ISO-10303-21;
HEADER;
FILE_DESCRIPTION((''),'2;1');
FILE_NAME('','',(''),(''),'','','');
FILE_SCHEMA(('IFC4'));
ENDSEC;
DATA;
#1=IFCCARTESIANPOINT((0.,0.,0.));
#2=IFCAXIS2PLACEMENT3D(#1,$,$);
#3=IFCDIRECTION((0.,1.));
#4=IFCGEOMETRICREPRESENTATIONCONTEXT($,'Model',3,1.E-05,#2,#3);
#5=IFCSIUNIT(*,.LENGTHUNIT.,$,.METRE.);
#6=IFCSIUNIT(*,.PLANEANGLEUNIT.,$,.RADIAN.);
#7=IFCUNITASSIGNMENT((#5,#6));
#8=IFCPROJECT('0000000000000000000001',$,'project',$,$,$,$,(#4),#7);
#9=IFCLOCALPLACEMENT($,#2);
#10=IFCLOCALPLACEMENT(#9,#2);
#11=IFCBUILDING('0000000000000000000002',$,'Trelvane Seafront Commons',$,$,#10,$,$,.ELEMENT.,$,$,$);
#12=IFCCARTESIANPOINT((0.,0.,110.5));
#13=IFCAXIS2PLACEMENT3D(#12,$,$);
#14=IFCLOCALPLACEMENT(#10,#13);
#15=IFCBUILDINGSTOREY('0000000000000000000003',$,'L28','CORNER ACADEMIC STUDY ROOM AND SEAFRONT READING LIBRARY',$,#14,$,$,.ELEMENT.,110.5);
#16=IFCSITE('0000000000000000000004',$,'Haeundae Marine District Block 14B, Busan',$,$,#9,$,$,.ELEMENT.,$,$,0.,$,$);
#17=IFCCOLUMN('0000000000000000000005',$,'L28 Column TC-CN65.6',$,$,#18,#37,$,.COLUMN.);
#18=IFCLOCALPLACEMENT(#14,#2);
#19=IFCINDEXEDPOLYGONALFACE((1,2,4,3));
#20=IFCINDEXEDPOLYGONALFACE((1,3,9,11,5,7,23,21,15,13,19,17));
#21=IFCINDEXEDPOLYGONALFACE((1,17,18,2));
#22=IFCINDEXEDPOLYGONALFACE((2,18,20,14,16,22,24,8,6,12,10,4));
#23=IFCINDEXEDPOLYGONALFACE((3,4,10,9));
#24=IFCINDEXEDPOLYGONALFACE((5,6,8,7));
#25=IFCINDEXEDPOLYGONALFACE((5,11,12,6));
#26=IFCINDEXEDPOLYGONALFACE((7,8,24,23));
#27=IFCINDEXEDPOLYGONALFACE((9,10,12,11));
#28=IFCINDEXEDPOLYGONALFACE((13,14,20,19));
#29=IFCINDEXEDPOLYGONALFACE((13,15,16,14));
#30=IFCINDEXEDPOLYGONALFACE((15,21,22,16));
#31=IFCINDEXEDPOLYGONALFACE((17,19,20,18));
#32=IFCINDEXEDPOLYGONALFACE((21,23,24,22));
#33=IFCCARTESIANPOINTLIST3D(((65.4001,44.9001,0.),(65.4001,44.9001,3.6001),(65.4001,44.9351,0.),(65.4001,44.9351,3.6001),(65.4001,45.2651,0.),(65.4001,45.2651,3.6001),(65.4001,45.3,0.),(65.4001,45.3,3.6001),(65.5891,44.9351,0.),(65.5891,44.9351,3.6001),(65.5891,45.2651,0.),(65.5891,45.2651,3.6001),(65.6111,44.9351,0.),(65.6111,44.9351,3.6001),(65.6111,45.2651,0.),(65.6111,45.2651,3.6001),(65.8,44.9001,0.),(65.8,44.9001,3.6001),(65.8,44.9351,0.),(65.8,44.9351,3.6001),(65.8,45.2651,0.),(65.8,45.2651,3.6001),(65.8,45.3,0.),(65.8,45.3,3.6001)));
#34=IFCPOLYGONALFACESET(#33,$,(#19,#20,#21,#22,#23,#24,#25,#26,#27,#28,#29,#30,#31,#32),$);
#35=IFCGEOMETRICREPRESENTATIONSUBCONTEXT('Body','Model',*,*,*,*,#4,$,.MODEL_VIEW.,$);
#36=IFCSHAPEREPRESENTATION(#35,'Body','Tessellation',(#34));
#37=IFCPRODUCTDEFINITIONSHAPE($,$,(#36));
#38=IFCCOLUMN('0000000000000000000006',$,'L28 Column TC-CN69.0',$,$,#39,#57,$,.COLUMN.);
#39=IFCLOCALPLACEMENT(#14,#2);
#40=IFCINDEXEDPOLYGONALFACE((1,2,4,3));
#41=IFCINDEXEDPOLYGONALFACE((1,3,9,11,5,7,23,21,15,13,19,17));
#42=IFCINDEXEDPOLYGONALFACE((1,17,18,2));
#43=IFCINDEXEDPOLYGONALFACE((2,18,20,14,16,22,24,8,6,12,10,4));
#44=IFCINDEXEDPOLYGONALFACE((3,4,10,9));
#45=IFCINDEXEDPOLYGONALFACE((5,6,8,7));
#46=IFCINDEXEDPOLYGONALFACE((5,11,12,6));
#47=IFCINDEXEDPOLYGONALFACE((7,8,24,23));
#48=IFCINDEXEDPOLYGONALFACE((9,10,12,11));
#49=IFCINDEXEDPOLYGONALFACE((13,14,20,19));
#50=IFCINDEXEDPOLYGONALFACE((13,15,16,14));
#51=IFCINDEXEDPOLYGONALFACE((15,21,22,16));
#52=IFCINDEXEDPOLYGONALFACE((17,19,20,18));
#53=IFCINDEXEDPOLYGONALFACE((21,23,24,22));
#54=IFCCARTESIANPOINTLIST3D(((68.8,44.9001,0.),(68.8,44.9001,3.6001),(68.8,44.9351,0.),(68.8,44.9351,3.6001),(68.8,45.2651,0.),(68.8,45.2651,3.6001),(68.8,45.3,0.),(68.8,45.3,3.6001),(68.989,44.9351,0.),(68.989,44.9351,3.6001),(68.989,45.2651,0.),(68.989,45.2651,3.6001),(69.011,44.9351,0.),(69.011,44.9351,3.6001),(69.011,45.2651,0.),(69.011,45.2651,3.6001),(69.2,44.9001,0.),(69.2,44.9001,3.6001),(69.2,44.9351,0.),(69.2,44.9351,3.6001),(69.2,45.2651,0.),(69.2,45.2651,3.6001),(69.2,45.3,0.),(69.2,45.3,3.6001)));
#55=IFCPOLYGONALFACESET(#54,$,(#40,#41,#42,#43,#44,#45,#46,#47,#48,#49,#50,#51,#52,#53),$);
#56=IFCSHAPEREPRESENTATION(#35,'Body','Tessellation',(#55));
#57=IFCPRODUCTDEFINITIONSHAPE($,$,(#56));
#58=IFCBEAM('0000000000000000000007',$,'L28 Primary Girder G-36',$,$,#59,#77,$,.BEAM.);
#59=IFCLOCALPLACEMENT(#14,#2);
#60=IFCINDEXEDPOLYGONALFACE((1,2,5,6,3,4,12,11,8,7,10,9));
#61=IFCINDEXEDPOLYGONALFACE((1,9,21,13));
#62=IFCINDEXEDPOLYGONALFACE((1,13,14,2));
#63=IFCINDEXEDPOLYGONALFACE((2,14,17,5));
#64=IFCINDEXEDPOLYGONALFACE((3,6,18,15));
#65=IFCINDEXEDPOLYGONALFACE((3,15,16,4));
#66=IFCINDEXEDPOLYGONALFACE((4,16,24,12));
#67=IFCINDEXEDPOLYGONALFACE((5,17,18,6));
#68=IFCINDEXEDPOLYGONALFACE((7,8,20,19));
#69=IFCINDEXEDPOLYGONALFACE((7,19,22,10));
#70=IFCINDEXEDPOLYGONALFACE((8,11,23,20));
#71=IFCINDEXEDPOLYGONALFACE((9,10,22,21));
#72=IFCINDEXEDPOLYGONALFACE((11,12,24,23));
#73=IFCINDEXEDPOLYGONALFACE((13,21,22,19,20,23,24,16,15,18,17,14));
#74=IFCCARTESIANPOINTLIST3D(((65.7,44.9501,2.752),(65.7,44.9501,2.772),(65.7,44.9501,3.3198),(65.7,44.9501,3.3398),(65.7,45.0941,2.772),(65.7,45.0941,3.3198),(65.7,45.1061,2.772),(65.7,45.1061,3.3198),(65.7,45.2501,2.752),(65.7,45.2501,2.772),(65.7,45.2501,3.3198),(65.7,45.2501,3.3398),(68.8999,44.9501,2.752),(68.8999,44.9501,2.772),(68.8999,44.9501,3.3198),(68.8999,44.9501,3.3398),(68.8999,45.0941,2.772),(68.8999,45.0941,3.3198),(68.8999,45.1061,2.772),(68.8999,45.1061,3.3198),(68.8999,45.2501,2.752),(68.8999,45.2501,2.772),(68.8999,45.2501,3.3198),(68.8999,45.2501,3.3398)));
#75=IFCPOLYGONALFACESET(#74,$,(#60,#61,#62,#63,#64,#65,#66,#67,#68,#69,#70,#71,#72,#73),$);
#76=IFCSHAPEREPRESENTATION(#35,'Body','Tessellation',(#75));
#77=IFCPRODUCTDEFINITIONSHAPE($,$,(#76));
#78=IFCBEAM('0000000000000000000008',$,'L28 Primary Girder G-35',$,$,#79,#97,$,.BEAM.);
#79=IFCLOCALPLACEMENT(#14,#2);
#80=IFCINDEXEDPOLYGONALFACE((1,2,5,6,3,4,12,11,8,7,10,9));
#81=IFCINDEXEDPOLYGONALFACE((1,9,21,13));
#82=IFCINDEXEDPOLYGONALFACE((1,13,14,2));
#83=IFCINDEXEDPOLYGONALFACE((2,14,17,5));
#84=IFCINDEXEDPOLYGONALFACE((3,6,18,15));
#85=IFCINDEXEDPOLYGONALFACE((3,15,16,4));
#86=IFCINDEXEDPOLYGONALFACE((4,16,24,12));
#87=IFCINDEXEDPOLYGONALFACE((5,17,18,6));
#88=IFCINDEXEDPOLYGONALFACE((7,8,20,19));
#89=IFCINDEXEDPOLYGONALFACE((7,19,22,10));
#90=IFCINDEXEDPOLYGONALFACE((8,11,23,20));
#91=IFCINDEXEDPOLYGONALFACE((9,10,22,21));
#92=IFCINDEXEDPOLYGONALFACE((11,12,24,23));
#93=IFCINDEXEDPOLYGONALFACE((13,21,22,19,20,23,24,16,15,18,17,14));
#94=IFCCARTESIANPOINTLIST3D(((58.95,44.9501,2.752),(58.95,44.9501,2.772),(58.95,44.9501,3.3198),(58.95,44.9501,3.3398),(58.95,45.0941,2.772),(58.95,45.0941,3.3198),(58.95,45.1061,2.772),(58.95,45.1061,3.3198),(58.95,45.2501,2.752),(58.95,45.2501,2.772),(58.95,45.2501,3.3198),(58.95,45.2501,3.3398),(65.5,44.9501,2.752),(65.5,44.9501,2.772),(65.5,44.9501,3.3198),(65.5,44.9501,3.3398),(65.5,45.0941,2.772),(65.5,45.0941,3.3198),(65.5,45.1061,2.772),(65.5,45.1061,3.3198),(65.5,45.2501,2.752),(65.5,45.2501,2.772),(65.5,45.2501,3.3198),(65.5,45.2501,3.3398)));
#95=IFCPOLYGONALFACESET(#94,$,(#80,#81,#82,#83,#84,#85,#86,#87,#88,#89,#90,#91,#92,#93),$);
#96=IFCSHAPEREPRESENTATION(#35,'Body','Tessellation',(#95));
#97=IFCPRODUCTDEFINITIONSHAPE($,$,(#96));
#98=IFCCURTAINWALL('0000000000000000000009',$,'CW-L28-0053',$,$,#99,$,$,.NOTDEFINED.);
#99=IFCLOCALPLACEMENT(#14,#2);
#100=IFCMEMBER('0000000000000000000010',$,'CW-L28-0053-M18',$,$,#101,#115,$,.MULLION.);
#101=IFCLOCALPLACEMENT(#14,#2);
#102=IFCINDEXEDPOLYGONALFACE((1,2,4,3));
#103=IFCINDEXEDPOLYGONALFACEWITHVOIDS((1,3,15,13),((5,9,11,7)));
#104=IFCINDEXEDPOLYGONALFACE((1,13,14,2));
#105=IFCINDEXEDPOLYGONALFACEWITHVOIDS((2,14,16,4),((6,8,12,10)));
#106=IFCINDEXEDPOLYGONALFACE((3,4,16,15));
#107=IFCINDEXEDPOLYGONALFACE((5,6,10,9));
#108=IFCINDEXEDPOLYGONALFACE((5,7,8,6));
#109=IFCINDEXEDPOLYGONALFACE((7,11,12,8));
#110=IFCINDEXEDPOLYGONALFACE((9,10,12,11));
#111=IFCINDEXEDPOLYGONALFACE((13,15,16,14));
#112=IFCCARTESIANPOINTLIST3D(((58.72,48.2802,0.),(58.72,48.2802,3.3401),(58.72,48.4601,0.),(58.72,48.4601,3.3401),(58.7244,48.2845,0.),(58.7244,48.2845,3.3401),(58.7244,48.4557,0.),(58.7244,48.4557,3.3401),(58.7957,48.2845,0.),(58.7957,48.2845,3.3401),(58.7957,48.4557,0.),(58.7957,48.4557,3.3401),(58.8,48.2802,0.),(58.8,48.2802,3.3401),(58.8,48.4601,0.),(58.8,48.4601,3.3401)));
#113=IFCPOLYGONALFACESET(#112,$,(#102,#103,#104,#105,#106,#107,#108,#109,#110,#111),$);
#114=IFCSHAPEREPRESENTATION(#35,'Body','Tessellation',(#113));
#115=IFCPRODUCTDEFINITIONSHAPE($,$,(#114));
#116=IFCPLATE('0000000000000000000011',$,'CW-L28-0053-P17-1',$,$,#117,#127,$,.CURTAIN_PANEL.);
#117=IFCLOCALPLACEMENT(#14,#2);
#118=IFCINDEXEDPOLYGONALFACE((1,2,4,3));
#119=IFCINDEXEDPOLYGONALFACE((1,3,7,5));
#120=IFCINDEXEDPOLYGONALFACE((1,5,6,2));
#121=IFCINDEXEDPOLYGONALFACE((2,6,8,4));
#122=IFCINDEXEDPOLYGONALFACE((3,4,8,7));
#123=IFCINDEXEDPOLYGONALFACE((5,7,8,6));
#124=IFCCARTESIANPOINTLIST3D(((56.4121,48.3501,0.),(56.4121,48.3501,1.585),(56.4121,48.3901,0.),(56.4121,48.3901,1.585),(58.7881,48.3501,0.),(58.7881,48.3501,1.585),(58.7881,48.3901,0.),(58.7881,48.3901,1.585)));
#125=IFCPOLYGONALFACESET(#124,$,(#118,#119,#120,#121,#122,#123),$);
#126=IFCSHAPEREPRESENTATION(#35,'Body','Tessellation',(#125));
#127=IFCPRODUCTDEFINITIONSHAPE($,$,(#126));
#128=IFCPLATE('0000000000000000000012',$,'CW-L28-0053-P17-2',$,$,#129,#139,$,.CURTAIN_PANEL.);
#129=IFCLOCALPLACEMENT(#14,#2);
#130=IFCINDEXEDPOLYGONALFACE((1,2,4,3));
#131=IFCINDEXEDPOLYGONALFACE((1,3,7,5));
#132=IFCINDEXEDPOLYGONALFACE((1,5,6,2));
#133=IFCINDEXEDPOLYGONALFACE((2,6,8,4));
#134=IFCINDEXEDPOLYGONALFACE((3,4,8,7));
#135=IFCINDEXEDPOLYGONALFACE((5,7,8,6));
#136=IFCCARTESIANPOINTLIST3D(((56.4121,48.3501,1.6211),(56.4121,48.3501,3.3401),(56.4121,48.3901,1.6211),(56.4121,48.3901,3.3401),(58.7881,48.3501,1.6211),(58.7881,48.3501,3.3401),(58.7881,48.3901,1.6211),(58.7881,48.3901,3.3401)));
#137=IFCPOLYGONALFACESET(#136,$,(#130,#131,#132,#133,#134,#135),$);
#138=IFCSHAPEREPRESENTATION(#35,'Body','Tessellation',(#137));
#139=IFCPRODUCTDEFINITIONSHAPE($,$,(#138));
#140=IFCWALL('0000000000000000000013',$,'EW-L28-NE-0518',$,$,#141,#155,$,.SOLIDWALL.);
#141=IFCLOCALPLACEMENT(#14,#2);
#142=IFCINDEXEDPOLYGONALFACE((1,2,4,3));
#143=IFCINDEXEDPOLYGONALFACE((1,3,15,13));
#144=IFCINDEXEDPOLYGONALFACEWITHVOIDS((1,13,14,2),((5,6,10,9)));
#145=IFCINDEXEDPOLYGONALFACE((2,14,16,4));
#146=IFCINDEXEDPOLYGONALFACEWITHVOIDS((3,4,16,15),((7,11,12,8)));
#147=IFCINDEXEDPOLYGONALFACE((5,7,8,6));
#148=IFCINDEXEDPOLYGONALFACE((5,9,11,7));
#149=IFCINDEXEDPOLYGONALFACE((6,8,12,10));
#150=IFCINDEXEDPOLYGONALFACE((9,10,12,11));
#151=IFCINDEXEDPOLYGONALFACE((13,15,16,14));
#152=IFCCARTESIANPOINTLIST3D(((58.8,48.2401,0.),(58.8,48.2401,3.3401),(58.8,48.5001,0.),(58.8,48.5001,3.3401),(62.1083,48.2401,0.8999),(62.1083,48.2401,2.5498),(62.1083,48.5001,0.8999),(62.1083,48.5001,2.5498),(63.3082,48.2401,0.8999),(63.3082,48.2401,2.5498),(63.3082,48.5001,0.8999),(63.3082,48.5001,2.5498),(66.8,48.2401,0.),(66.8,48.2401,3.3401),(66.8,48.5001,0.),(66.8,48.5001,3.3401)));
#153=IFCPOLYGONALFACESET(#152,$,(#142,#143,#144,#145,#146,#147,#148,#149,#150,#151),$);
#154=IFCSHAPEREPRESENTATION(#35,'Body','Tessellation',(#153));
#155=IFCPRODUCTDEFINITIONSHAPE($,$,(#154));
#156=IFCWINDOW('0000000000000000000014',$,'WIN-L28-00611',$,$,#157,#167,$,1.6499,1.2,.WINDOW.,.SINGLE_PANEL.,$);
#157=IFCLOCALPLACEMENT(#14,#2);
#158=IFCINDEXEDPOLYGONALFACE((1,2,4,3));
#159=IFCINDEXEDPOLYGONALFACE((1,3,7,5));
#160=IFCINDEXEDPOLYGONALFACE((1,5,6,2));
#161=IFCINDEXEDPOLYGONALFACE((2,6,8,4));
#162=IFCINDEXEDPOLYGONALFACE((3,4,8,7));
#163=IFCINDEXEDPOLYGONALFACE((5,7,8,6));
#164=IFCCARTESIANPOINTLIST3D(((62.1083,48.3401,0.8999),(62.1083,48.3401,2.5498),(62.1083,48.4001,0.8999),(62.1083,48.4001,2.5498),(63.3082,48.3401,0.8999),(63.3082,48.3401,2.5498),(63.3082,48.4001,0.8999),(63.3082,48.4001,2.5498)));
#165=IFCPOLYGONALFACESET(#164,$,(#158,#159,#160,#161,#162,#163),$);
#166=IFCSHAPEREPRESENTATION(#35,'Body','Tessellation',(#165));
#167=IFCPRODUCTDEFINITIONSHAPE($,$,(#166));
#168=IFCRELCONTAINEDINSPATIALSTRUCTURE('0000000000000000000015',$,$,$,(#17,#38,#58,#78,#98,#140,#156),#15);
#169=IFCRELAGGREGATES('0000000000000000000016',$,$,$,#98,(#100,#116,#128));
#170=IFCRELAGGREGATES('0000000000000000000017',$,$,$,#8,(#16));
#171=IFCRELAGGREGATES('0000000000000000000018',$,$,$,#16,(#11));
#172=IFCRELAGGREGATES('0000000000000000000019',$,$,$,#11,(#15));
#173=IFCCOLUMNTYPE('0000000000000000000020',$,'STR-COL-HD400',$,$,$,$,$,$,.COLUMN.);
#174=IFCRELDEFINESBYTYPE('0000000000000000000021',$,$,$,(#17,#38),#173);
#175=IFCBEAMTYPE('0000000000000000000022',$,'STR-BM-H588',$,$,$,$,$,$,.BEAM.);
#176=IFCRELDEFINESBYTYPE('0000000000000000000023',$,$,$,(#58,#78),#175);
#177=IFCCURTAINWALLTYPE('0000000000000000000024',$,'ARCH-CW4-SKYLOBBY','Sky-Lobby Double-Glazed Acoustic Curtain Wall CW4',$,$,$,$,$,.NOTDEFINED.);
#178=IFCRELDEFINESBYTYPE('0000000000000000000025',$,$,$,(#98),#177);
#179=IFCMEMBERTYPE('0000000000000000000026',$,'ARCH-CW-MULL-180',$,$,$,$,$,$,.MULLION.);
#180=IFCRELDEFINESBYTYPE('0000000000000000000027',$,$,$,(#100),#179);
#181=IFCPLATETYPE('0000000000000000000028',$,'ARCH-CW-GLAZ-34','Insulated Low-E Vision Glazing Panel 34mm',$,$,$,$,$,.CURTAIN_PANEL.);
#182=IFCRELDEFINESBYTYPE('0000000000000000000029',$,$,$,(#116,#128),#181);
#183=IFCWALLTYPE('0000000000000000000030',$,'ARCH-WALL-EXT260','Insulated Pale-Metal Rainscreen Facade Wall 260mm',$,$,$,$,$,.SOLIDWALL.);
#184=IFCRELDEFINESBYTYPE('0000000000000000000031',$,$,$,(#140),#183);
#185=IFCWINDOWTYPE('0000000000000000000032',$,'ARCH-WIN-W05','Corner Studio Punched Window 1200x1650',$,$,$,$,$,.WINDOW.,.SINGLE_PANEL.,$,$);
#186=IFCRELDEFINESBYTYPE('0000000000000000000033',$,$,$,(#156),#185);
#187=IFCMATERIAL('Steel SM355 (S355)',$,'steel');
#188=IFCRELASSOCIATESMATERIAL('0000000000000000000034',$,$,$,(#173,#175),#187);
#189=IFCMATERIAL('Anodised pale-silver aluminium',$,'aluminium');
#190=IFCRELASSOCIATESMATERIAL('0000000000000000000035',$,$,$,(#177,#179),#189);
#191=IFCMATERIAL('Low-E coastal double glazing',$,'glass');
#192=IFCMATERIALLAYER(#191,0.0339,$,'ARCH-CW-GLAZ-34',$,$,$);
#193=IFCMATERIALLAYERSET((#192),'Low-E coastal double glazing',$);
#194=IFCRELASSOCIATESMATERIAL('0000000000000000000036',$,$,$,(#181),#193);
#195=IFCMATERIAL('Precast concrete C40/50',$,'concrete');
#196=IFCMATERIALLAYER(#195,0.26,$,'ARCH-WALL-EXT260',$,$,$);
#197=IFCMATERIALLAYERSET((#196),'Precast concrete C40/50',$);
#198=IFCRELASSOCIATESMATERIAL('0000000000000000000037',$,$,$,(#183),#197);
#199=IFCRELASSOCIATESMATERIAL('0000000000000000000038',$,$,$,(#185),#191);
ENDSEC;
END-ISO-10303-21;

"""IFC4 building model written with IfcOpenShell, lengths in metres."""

from ifc_helpers import new_model, si_unit, direction, frame, frame_2d, origin, origin_2d, place, context, subcontext, project, spatial, rectangle, hollow_rectangle, i_section, extrude, source, transform, mapped, material, layer, layer_set, material_profile, profile_set, type_object, element, fill, aggregate, save


model = new_model("IFC4")

# Units and contexts
model_context = context("Model", 3, precision=1e-05, world=origin(), true_north=direction((0.0, 1.0)))
body_context = subcontext(model_context, "Body", "Model", "MODEL_VIEW")
ifc_project = project(units=[si_unit("LENGTHUNIT", "METRE"), si_unit("PLANEANGLEUNIT", "RADIAN")], contexts=[model_context])

# Site, building, storey
site_placement = place(None, origin())
site = spatial("IfcSite", under=ifc_project, at=site_placement, Name="Haeundae Marine District Block 14B, Busan", CompositionType="ELEMENT", RefElevation=0.0)
building_placement = place(site_placement, origin())
building = spatial("IfcBuilding", under=site, at=building_placement, Name="Trelvane Seafront Commons", CompositionType="ELEMENT")
storey_placement = place(building_placement, frame((0.0, 0.0, 110.5)))
storey = spatial("IfcBuildingStorey", under=building, at=storey_placement, Name="L28", Description="CORNER ACADEMIC STUDY ROOM AND SEAFRONT READING LIBRARY", CompositionType="ELEMENT", Elevation=110.5)

# Columns
ifc_material_1 = material(Name="Steel SM355 (S355)", Category="steel")
ifc_material_profile_1 = material_profile(ifc_material_1, i_section(OverallWidth=0.3999, OverallDepth=0.3999, WebThickness=0.022, FlangeThickness=0.0349, at=origin_2d()), Name="HD-400x400x22x35")
ifc_profile_set_1 = profile_set([ifc_material_profile_1], Name="Steel SM355 (S355)")
column_type = type_object("IfcColumnType", Name="STR-COL-HD400", PredefinedType="COLUMN", material=ifc_profile_set_1)
shared_shape_1 = source(origin(), body_context, "Body", "SweptSolid", [
    extrude(i_section(OverallWidth=0.3999, OverallDepth=0.3999, WebThickness=0.022, FlangeThickness=0.0349, at=origin_2d()), origin(), (0.0, 0.0, 1.0), 3.6001),
])
for number, where, z_axis, x_axis, name in (
    (1, (65.6001, 45.1001, 0.0), (0.0, 0.0, 1.0), (1.0, 0.0, 0.0), "L28 Column TC-CN65.6"),
    (2, (69.0, 45.1001, 0.0), (0.0, 0.0, 1.0), (1.0, 0.0, 0.0), "L28 Column TC-CN69.0"),
):
    element("IfcColumn", number, at=place(storey_placement, frame(where, z_axis=z_axis, x_axis=x_axis)), inside=storey, type_object=column_type, Name=name, PredefinedType="COLUMN", context=body_context, shape_type="MappedRepresentation", body=[
        mapped(shared_shape_1, transform((0.0, 0.0, 0.0), x_axis=(1.0, 0.0, 0.0), y_axis=(0.0, 1.0, 0.0), z_axis=(0.0, 0.0, 1.0), scale=1.0)),
    ])

# Beams
ifc_material_profile_2 = material_profile(ifc_material_1, i_section(OverallWidth=0.3, OverallDepth=0.5879, WebThickness=0.012, FlangeThickness=0.02, at=origin_2d()), Name="H-588x300x12x20")
ifc_profile_set_2 = profile_set([ifc_material_profile_2], Name="Steel SM355 (S355)")
beam_type = type_object("IfcBeamType", Name="STR-BM-H588", PredefinedType="BEAM", material=ifc_profile_set_2)
shared_shape_2 = source(origin(), body_context, "Body", "SweptSolid", [
    extrude(i_section(OverallWidth=0.3, OverallDepth=0.5879, WebThickness=0.012, FlangeThickness=0.02, at=origin_2d()), origin(), (0.0, 0.0, 1.0), 3.2),
])
beam_1_placement = place(storey_placement, frame((65.7, 45.1001, 3.0459), z_axis=(1.0, 0.0, 0.0), x_axis=(0.0, 1.0, 0.0)))
element("IfcBeam", 3, at=beam_1_placement, inside=storey, type_object=beam_type, Name="L28 Primary Girder G-36", PredefinedType="BEAM", context=body_context, shape_type="MappedRepresentation", body=[
    mapped(shared_shape_2, transform((0.0, 0.0, 0.0), x_axis=(1.0, 0.0, 0.0), y_axis=(0.0, 1.0, 0.0), z_axis=(0.0, 0.0, 1.0), scale=1.0)),
])
shared_shape_3 = source(origin(), body_context, "Body", "SweptSolid", [
    extrude(i_section(OverallWidth=0.3, OverallDepth=0.5879, WebThickness=0.012, FlangeThickness=0.02, at=origin_2d()), origin(), (0.0, 0.0, 1.0), 6.55),
])
beam_2_placement = place(storey_placement, frame((58.95, 45.1001, 3.0459), z_axis=(1.0, 0.0, 0.0), x_axis=(0.0, 1.0, 0.0)))
element("IfcBeam", 4, at=beam_2_placement, inside=storey, type_object=beam_type, Name="L28 Primary Girder G-35", PredefinedType="BEAM", context=body_context, shape_type="MappedRepresentation", body=[
    mapped(shared_shape_3, transform((0.0, 0.0, 0.0), x_axis=(1.0, 0.0, 0.0), y_axis=(0.0, 1.0, 0.0), z_axis=(0.0, 0.0, 1.0), scale=1.0)),
])

# Curtain wall, member, plates
ifc_material_2 = material(Name="Anodised pale-silver aluminium", Category="aluminium")
curtain_wall_type = type_object("IfcCurtainWallType", Name="ARCH-CW4-SKYLOBBY", Description="Sky-Lobby Double-Glazed Acoustic Curtain Wall CW4", PredefinedType="NOTDEFINED", material=ifc_material_2)
curtain_wall_placement = place(storey_placement, origin())
curtain_wall = element("IfcCurtainWall", 5, at=curtain_wall_placement, inside=storey, type_object=curtain_wall_type, Name="CW-L28-0053", PredefinedType="NOTDEFINED")
ifc_material_profile_3 = material_profile(ifc_material_2, hollow_rectangle(XDim=0.0801, YDim=0.1799, WallThickness=0.0044, at=origin_2d()), Name="MULL-80x180x4.5")
ifc_profile_set_3 = profile_set([ifc_material_profile_3], Name="Anodised pale-silver aluminium")
member_type = type_object("IfcMemberType", Name="ARCH-CW-MULL-180", PredefinedType="MULLION", material=ifc_profile_set_3)
shared_shape_4 = source(origin(), body_context, "Body", "SweptSolid", [
    extrude(hollow_rectangle(XDim=0.0801, YDim=0.1799, WallThickness=0.0044, at=origin_2d()), origin(), (0.0, 0.0, 1.0), 3.3401),
])
member_placement = place(storey_placement, frame((58.76, 48.3701, 0.0), z_axis=(0.0, 0.0, 1.0), x_axis=(1.0, 0.0, 0.0)))
member = element("IfcMember", 6, at=member_placement, type_object=member_type, Name="CW-L28-0053-M18", PredefinedType="MULLION", context=body_context, shape_type="MappedRepresentation", body=[
    mapped(shared_shape_4, transform((0.0, 0.0, 0.0), x_axis=(1.0, 0.0, 0.0), y_axis=(0.0, 1.0, 0.0), z_axis=(0.0, 0.0, 1.0), scale=1.0)),
])
ifc_material_3 = material(Name="Low-E coastal double glazing", Category="glass")
ifc_layer_1 = layer(ifc_material_3, 0.0339, Name="ARCH-CW-GLAZ-34")
ifc_layer_set_1 = layer_set([ifc_layer_1], Name="Low-E coastal double glazing")
plate_type = type_object("IfcPlateType", Name="ARCH-CW-GLAZ-34", Description="Insulated Low-E Vision Glazing Panel 34mm", PredefinedType="CURTAIN_PANEL", material=ifc_layer_set_1)
shared_shape_5 = source(origin(), body_context, "Body", "SweptSolid", [
    extrude(rectangle(XDim=2.376, YDim=0.04, at=origin_2d()), origin(), (0.0, 0.0, 1.0), 1.585),
])
plate_1_placement = place(storey_placement, frame((57.6001, 48.3701, 0.0), z_axis=(0.0, 0.0, 1.0), x_axis=(1.0, 0.0, 0.0)))
plate_1 = element("IfcPlate", 7, at=plate_1_placement, type_object=plate_type, Name="CW-L28-0053-P17-1", PredefinedType="CURTAIN_PANEL", context=body_context, shape_type="MappedRepresentation", body=[
    mapped(shared_shape_5, transform((0.0, 0.0, 0.0), x_axis=(1.0, 0.0, 0.0), y_axis=(0.0, 1.0, 0.0), z_axis=(0.0, 0.0, 1.0), scale=1.0)),
])
shared_shape_6 = source(origin(), body_context, "Body", "SweptSolid", [
    extrude(rectangle(XDim=2.376, YDim=0.04, at=origin_2d()), origin(), (0.0, 0.0, 1.0), 1.719),
])
plate_2_placement = place(storey_placement, frame((57.6001, 48.3701, 1.6211), z_axis=(0.0, 0.0, 1.0), x_axis=(1.0, 0.0, 0.0)))
plate_2 = element("IfcPlate", 8, at=plate_2_placement, type_object=plate_type, Name="CW-L28-0053-P17-2", PredefinedType="CURTAIN_PANEL", context=body_context, shape_type="MappedRepresentation", body=[
    mapped(shared_shape_6, transform((0.0, 0.0, 0.0), x_axis=(1.0, 0.0, 0.0), y_axis=(0.0, 1.0, 0.0), z_axis=(0.0, 0.0, 1.0), scale=1.0)),
])
aggregate(curtain_wall, [member, plate_1, plate_2])

# Wall, opening, window
ifc_material_4 = material(Name="Precast concrete C40/50", Category="concrete")
ifc_layer_2 = layer(ifc_material_4, 0.26, Name="ARCH-WALL-EXT260")
ifc_layer_set_2 = layer_set([ifc_layer_2], Name="Precast concrete C40/50")
wall_type = type_object("IfcWallType", Name="ARCH-WALL-EXT260", Description="Insulated Pale-Metal Rainscreen Facade Wall 260mm", PredefinedType="SOLIDWALL", material=ifc_layer_set_2)
wall_1_placement = place(storey_placement, frame((58.8, 48.3701, 0.0), z_axis=(0.0, 0.0, 1.0), x_axis=(1.0, 0.0, 0.0)))
wall_1 = element("IfcWall", 9, at=wall_1_placement, inside=storey, type_object=wall_type, Name="EW-L28-NE-0518", PredefinedType="SOLIDWALL", context=body_context, shape_type="SweptSolid", body=[
    extrude(rectangle(XDim=8.0, YDim=0.26, at=frame_2d((4.0, 0.0))), origin(), (0.0, 0.0, 1.0), 3.3401),
])
opening_1_placement = place(wall_1_placement, frame((3.3081, 0.0, 0.8999)))
opening_1 = element("IfcOpeningElement", 10, at=opening_1_placement, cuts=wall_1, PredefinedType="OPENING", context=body_context, shape_type="SweptSolid", body=[
    extrude(rectangle(XDim=1.2, YDim=1.6499, at=frame_2d((0.6001, 0.825))), frame((0.0, 0.1399, 0.0), z_axis=(0.0, -1.0, 0.0), x_axis=(1.0, 0.0, 0.0)), (0.0, 0.0, 1.0), 0.28),
])
window_type_1 = type_object("IfcWindowType", Name="ARCH-WIN-W05", Description="Corner Studio Punched Window 1200x1650", PartitioningType="SINGLE_PANEL", PredefinedType="WINDOW", material=ifc_material_3)
shared_shape_7 = source(origin(), body_context, "Body", "SweptSolid", [
    extrude(rectangle(XDim=1.2, YDim=1.6499, at=frame_2d((0.6001, 0.825))), frame((0.0, 0.03, 0.0), z_axis=(0.0, -1.0, 0.0), x_axis=(1.0, 0.0, 0.0)), (0.0, 0.0, 1.0), 0.0601),
])
window_1_placement = place(opening_1_placement, origin())
window_1 = element("IfcWindow", 11, at=window_1_placement, inside=storey, type_object=window_type_1, Name="WIN-L28-00611", OverallHeight=1.6499, OverallWidth=1.2, PartitioningType="SINGLE_PANEL", PredefinedType="WINDOW", context=body_context, shape_type="MappedRepresentation", body=[
    mapped(shared_shape_7, transform((0.0, 0.0, 0.0), x_axis=(1.0, 0.0, 0.0), y_axis=(0.0, 1.0, 0.0), z_axis=(0.0, 0.0, 1.0), scale=1.0)),
])
fill(opening_1, window_1)

save(model, "model.ifc")
